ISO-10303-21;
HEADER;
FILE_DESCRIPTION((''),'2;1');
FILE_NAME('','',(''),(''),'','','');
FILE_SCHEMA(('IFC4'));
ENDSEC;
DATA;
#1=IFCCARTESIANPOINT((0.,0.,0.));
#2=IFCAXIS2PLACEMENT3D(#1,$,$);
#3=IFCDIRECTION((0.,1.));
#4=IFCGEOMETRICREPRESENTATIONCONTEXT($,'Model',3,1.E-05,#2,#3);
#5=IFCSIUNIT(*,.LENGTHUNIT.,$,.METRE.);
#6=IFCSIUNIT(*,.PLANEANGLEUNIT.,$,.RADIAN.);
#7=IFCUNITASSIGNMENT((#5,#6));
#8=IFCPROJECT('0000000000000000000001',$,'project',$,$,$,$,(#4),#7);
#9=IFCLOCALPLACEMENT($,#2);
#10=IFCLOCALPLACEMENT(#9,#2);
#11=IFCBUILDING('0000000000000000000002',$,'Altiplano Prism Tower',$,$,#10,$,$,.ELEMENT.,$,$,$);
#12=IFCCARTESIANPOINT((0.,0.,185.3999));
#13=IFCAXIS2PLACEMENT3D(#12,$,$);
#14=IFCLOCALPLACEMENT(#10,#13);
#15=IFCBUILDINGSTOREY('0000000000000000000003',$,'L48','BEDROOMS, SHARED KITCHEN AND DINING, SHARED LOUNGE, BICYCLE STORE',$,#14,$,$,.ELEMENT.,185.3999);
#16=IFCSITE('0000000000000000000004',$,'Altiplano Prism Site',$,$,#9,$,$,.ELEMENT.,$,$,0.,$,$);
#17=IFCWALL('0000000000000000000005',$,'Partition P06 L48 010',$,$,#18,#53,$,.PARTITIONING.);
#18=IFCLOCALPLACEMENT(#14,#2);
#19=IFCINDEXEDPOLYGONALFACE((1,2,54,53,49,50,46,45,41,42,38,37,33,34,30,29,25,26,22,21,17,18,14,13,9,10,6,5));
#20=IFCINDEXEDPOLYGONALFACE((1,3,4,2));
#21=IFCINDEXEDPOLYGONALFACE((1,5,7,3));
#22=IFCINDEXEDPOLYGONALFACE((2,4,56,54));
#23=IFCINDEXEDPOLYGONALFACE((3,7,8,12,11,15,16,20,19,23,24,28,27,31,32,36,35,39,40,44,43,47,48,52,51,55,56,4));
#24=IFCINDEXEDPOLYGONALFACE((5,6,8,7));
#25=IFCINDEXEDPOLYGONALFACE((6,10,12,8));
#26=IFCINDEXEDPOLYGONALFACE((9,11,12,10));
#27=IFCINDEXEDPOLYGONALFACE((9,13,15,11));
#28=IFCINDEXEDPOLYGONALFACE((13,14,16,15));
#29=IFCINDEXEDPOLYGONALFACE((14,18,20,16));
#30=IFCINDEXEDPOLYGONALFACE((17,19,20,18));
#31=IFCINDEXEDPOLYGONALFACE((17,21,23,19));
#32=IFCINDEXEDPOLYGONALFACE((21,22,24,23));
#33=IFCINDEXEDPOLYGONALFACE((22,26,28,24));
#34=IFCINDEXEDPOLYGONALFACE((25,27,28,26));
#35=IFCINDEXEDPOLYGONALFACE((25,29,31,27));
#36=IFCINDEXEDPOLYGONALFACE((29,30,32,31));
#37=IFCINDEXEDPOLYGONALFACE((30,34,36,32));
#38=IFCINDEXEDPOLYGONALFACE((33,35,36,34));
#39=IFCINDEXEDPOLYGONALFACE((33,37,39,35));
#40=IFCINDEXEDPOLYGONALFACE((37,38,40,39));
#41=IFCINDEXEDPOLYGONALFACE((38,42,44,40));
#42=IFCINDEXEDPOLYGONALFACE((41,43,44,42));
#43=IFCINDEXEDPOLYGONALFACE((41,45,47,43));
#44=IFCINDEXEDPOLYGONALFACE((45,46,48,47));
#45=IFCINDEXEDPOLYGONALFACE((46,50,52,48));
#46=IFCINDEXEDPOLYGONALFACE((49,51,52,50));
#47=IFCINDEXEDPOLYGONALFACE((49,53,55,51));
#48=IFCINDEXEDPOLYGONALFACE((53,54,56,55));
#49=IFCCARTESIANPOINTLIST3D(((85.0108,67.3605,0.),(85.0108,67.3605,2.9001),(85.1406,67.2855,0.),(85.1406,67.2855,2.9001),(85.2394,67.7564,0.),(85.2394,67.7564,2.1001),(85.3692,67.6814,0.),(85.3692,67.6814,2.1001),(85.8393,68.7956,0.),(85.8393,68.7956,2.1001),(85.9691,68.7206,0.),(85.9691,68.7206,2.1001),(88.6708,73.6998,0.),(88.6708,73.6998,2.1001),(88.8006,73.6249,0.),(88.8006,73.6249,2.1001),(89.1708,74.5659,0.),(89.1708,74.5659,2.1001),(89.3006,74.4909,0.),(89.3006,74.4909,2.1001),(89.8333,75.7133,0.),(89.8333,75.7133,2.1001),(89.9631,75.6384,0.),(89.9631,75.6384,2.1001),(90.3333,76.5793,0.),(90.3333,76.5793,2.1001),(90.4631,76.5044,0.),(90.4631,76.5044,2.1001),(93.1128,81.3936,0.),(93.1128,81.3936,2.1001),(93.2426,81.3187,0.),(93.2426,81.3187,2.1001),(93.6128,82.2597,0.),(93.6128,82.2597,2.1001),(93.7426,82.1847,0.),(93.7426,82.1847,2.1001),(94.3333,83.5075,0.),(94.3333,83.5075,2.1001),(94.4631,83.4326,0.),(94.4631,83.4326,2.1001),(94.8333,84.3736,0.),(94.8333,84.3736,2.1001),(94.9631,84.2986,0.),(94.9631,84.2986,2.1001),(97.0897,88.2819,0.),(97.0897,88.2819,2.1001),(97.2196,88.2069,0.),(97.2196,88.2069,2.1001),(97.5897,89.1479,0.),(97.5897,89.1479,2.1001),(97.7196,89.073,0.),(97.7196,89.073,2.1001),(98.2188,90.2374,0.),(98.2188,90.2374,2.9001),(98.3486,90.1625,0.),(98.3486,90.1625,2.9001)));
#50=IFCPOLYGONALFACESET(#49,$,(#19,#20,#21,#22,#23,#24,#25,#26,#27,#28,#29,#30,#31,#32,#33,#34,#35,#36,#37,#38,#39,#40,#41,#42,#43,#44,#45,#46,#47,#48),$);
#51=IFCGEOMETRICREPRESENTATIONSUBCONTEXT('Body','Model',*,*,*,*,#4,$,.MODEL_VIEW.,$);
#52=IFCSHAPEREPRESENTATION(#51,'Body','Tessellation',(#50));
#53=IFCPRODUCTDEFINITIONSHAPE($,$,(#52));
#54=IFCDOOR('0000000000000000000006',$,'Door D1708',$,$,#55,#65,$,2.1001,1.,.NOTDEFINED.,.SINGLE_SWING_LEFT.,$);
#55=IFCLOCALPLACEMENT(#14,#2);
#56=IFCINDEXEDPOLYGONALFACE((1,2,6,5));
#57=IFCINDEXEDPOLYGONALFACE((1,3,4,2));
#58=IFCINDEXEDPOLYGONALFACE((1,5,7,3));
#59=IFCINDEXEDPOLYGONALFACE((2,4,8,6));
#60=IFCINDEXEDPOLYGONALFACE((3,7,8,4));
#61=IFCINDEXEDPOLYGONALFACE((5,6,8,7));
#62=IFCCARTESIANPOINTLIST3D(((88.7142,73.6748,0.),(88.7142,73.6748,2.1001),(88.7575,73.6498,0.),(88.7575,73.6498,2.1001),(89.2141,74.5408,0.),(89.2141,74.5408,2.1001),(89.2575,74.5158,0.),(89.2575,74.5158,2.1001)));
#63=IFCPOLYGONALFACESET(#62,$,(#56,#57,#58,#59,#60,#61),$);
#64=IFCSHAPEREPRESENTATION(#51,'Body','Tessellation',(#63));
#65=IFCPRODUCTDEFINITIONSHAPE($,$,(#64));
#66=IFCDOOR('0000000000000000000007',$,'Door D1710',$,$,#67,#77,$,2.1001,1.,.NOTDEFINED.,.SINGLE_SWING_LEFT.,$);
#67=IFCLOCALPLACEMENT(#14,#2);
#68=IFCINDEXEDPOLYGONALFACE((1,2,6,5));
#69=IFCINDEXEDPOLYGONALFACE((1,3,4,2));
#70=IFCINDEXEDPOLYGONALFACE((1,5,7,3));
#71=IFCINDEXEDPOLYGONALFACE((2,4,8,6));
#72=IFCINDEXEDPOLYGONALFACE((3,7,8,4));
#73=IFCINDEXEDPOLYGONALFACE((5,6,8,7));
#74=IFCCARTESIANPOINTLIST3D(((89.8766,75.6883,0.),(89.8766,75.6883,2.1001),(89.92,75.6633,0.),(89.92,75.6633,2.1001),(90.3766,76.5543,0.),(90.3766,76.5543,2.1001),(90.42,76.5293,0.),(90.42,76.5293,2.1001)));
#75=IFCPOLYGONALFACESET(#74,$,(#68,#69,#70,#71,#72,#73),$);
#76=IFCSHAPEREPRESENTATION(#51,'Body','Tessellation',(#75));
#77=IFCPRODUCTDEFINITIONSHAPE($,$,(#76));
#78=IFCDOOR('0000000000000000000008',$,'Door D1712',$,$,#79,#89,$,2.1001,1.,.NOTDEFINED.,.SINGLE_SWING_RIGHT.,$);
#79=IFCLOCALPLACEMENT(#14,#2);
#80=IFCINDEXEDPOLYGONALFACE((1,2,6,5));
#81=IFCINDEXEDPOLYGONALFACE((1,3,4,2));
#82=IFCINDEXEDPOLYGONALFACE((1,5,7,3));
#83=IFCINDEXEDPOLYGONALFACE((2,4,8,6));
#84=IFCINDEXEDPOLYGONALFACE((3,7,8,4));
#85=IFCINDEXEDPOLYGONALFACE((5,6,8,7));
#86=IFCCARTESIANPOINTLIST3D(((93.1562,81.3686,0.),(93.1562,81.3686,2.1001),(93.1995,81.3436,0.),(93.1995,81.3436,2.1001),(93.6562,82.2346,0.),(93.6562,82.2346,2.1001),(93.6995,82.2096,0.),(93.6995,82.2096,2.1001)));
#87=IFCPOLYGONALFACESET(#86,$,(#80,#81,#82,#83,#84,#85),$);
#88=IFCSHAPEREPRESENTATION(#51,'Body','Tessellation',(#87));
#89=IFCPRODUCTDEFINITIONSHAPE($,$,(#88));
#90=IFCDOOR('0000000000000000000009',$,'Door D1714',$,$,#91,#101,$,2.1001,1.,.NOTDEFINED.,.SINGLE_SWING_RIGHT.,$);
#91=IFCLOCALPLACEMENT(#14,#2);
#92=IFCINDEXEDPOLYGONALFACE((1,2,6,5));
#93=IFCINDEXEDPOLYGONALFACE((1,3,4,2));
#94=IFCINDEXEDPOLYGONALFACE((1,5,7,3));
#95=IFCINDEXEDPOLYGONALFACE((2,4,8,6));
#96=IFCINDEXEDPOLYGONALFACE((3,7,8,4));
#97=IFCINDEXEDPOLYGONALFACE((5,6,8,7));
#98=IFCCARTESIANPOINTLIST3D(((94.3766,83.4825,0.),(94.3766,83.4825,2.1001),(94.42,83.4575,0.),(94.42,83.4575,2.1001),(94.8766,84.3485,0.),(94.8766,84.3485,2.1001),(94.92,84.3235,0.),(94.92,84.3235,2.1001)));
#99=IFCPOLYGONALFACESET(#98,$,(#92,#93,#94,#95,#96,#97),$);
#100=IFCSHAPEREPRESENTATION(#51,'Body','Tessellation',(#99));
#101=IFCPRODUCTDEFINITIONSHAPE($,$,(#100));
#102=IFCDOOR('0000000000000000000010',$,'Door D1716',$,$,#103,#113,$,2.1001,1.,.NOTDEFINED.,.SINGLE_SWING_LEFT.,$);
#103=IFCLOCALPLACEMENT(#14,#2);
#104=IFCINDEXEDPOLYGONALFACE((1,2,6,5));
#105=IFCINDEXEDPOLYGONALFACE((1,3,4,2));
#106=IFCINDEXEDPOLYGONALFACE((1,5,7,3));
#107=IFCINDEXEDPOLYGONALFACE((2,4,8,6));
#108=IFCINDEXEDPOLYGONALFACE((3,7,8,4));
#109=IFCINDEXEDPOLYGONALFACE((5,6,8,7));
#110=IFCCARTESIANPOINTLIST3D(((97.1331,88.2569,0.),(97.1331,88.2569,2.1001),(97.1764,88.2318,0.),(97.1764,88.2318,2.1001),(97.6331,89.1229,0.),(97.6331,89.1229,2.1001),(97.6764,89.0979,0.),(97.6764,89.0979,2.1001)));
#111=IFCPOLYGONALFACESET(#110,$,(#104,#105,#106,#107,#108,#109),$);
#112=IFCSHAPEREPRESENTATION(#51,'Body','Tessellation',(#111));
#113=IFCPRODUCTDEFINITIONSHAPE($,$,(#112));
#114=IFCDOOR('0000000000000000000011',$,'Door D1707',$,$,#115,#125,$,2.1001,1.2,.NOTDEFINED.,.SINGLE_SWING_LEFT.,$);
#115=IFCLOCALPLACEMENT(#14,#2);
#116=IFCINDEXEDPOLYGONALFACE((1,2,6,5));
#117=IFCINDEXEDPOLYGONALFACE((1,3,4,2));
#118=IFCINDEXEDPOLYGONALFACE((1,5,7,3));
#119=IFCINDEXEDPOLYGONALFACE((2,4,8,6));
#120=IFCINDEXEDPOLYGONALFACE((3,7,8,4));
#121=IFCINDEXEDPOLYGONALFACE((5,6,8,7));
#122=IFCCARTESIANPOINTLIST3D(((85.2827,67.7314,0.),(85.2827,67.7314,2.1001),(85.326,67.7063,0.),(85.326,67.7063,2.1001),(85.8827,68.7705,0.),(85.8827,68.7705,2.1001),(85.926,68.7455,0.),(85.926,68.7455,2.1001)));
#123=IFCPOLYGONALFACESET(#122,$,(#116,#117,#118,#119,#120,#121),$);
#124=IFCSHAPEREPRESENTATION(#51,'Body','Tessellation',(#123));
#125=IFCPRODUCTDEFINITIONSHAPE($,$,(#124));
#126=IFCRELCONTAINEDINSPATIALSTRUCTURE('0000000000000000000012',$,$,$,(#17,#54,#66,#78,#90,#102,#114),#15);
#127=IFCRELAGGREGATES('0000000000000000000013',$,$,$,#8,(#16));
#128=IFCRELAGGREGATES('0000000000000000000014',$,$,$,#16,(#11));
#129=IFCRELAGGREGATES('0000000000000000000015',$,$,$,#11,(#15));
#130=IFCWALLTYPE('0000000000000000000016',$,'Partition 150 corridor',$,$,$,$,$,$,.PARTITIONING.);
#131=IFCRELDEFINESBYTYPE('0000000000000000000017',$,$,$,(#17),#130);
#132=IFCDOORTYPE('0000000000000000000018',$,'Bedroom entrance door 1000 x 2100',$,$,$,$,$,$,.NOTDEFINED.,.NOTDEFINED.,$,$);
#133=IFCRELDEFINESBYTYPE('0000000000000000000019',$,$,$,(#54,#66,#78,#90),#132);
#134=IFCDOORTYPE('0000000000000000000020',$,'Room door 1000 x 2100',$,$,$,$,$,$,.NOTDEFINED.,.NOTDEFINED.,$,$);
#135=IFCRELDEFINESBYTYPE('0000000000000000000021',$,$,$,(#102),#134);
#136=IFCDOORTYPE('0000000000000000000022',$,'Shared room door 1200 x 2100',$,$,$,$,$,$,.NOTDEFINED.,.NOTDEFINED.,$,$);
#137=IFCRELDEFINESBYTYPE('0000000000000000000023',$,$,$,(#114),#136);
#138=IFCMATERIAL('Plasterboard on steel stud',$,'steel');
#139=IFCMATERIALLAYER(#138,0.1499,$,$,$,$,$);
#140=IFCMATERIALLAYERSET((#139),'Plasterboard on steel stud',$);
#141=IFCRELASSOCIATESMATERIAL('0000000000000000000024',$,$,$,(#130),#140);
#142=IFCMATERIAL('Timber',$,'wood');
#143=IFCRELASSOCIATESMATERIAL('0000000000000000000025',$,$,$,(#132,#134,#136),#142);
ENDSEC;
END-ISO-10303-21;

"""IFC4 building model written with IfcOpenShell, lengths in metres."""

from ifc_helpers import new_model, si_unit, direction, frame, frame_2d, origin, place, context, subcontext, project, spatial, rectangle, extrude, material, layer, layer_set, type_object, element, fill, save


model = new_model("IFC4")

# Units and contexts
model_context = context("Model", 3, precision=1e-05, world=origin(), true_north=direction((0.0, 1.0)))
body_context = subcontext(model_context, "Body", "Model", "MODEL_VIEW")
ifc_project = project(units=[si_unit("LENGTHUNIT", "METRE"), si_unit("PLANEANGLEUNIT", "RADIAN")], contexts=[model_context])

# Site, building, storey
site_placement = place(None, origin())
site = spatial("IfcSite", under=ifc_project, at=site_placement, Name="Altiplano Prism Site", CompositionType="ELEMENT", RefElevation=0.0)
building_placement = place(site_placement, origin())
building = spatial("IfcBuilding", under=site, at=building_placement, Name="Altiplano Prism Tower", CompositionType="ELEMENT")
storey_placement = place(building_placement, frame((0.0, 0.0, 185.3999)))
storey = spatial("IfcBuildingStorey", under=building, at=storey_placement, Name="L48", Description="BEDROOMS, SHARED KITCHEN AND DINING, SHARED LOUNGE, BICYCLE STORE", CompositionType="ELEMENT", Elevation=185.3999)

# Shared definitions
ifc_material_1 = material(Name="Plasterboard on steel stud", Category="steel")
ifc_material_2 = material(Name="Timber", Category="wood")

# Wall, openings, doors
ifc_layer_1 = layer(ifc_material_1, 0.1499)
ifc_layer_set_1 = layer_set([ifc_layer_1], Name="Plasterboard on steel stud")
wall_type_1 = type_object("IfcWallType", Name="Partition 150 corridor", PredefinedType="PARTITIONING", material=ifc_layer_set_1)
wall_1_placement = place(storey_placement, frame((85.0757, 67.323, 0.0), z_axis=(0.0, 0.0, 1.0), x_axis=(0.5, 0.866026, 0.0)))
wall_1 = element("IfcWall", 1, at=wall_1_placement, inside=storey, type_object=wall_type_1, Name="Partition P06 L48 010", PredefinedType="PARTITIONING", context=body_context, shape_type="SweptSolid", body=[
    extrude(rectangle(XDim=26.416, YDim=0.1499, at=frame_2d((13.208, 0.0))), origin(), (0.0, 0.0, 1.0), 2.9001),
])
opening_1_placement = place(wall_1_placement, frame((0.457, 0.0, 0.0)))
opening_1 = element("IfcOpeningElement", 2, at=opening_1_placement, cuts=wall_1, PredefinedType="OPENING", context=body_context, shape_type="SweptSolid", body=[
    extrude(rectangle(XDim=1.2, YDim=2.1001, at=frame_2d((0.6001, 1.05))), frame((0.0, 0.0854, 0.0), z_axis=(0.0, -1.0, 0.0), x_axis=(1.0, 0.0, 0.0)), (0.0, 0.0, 1.0), 0.1709),
])
opening_2_placement = place(wall_1_placement, frame((7.3201, 0.0, 0.0)))
opening_2 = element("IfcOpeningElement", 3, at=opening_2_placement, cuts=wall_1, PredefinedType="OPENING", context=body_context, shape_type="SweptSolid", body=[
    extrude(rectangle(XDim=1.0, YDim=2.1001, at=frame_2d((0.5, 1.05))), frame((0.0, 0.0854, 0.0), z_axis=(0.0, -1.0, 0.0), x_axis=(1.0, 0.0, 0.0)), (0.0, 0.0, 1.0), 0.1709),
])
opening_3_placement = place(wall_1_placement, frame((9.645, 0.0, 0.0)))
opening_3 = element("IfcOpeningElement", 4, at=opening_3_placement, cuts=wall_1, PredefinedType="OPENING", context=body_context, shape_type="SweptSolid", body=[
    extrude(rectangle(XDim=1.0, YDim=2.1001, at=frame_2d((0.5, 1.05))), frame((0.0, 0.0854, 0.0), z_axis=(0.0, -1.0, 0.0), x_axis=(1.0, 0.0, 0.0)), (0.0, 0.0, 1.0), 0.1709),
])
opening_4_placement = place(wall_1_placement, frame((16.2041, 0.0, 0.0)))
opening_4 = element("IfcOpeningElement", 5, at=opening_4_placement, cuts=wall_1, PredefinedType="OPENING", context=body_context, shape_type="SweptSolid", body=[
    extrude(rectangle(XDim=1.0, YDim=2.1001, at=frame_2d((0.5, 1.05))), frame((0.0, 0.0854, 0.0), z_axis=(0.0, -1.0, 0.0), x_axis=(1.0, 0.0, 0.0)), (0.0, 0.0, 1.0), 0.1709),
])
opening_5_placement = place(wall_1_placement, frame((18.645, 0.0, 0.0)))
opening_5 = element("IfcOpeningElement", 6, at=opening_5_placement, cuts=wall_1, PredefinedType="OPENING", context=body_context, shape_type="SweptSolid", body=[
    extrude(rectangle(XDim=1.0, YDim=2.1001, at=frame_2d((0.5, 1.05))), frame((0.0, 0.0854, 0.0), z_axis=(0.0, -1.0, 0.0), x_axis=(1.0, 0.0, 0.0)), (0.0, 0.0, 1.0), 0.1709),
])
opening_6_placement = place(wall_1_placement, frame((24.158, 0.0, 0.0)))
opening_6 = element("IfcOpeningElement", 7, at=opening_6_placement, cuts=wall_1, PredefinedType="OPENING", context=body_context, shape_type="SweptSolid", body=[
    extrude(rectangle(XDim=1.0, YDim=2.1001, at=frame_2d((0.5, 1.05))), frame((0.0, 0.0854, 0.0), z_axis=(0.0, -1.0, 0.0), x_axis=(1.0, 0.0, 0.0)), (0.0, 0.0, 1.0), 0.1709),
])
door_type_1 = type_object("IfcDoorType", Name="Bedroom entrance door 1000 x 2100", OperationType="NOTDEFINED", PredefinedType="NOTDEFINED", material=ifc_material_2)
door_1_placement = place(opening_2_placement, origin())
door_1 = element("IfcDoor", 8, at=door_1_placement, inside=storey, type_object=door_type_1, Name="Door D1708", OperationType="SINGLE_SWING_LEFT", OverallHeight=2.1001, OverallWidth=1.0, PredefinedType="NOTDEFINED", context=body_context, shape_type="SweptSolid", body=[
    extrude(rectangle(XDim=1.0, YDim=2.1001, at=frame_2d((0.5, 1.05))), frame((0.0, 0.0249, 0.0), z_axis=(0.0, -1.0, 0.0), x_axis=(1.0, 0.0, 0.0)), (0.0, 0.0, 1.0), 0.05),
])
fill(opening_2, door_1)
door_2_placement = place(opening_3_placement, origin())
door_2 = element("IfcDoor", 9, at=door_2_placement, inside=storey, type_object=door_type_1, Name="Door D1710", OperationType="SINGLE_SWING_LEFT", OverallHeight=2.1001, OverallWidth=1.0, PredefinedType="NOTDEFINED", context=body_context, shape_type="SweptSolid", body=[
    extrude(rectangle(XDim=1.0, YDim=2.1001, at=frame_2d((0.5, 1.05))), frame((0.0, 0.0249, 0.0), z_axis=(0.0, -1.0, 0.0), x_axis=(1.0, 0.0, 0.0)), (0.0, 0.0, 1.0), 0.05),
])
fill(opening_3, door_2)
door_3_placement = place(opening_4_placement, origin())
door_3 = element("IfcDoor", 10, at=door_3_placement, inside=storey, type_object=door_type_1, Name="Door D1712", OperationType="SINGLE_SWING_RIGHT", OverallHeight=2.1001, OverallWidth=1.0, PredefinedType="NOTDEFINED", context=body_context, shape_type="SweptSolid", body=[
    extrude(rectangle(XDim=1.0, YDim=2.1001, at=frame_2d((0.5, 1.05))), frame((0.0, 0.0249, 0.0), z_axis=(0.0, -1.0, 0.0), x_axis=(1.0, 0.0, 0.0)), (0.0, 0.0, 1.0), 0.05),
])
fill(opening_4, door_3)
door_4_placement = place(opening_5_placement, origin())
door_4 = element("IfcDoor", 11, at=door_4_placement, inside=storey, type_object=door_type_1, Name="Door D1714", OperationType="SINGLE_SWING_RIGHT", OverallHeight=2.1001, OverallWidth=1.0, PredefinedType="NOTDEFINED", context=body_context, shape_type="SweptSolid", body=[
    extrude(rectangle(XDim=1.0, YDim=2.1001, at=frame_2d((0.5, 1.05))), frame((0.0, 0.0249, 0.0), z_axis=(0.0, -1.0, 0.0), x_axis=(1.0, 0.0, 0.0)), (0.0, 0.0, 1.0), 0.05),
])
fill(opening_5, door_4)
door_type_2 = type_object("IfcDoorType", Name="Room door 1000 x 2100", OperationType="NOTDEFINED", PredefinedType="NOTDEFINED", material=ifc_material_2)
door_5_placement = place(opening_6_placement, origin())
door_5 = element("IfcDoor", 12, at=door_5_placement, inside=storey, type_object=door_type_2, Name="Door D1716", OperationType="SINGLE_SWING_LEFT", OverallHeight=2.1001, OverallWidth=1.0, PredefinedType="NOTDEFINED", context=body_context, shape_type="SweptSolid", body=[
    extrude(rectangle(XDim=1.0, YDim=2.1001, at=frame_2d((0.5, 1.05))), frame((0.0, 0.0249, 0.0), z_axis=(0.0, -1.0, 0.0), x_axis=(1.0, 0.0, 0.0)), (0.0, 0.0, 1.0), 0.05),
])
fill(opening_6, door_5)
door_type_3 = type_object("IfcDoorType", Name="Shared room door 1200 x 2100", OperationType="NOTDEFINED", PredefinedType="NOTDEFINED", material=ifc_material_2)
door_6_placement = place(opening_1_placement, origin())
door_6 = element("IfcDoor", 13, at=door_6_placement, inside=storey, type_object=door_type_3, Name="Door D1707", OperationType="SINGLE_SWING_LEFT", OverallHeight=2.1001, OverallWidth=1.2, PredefinedType="NOTDEFINED", context=body_context, shape_type="SweptSolid", body=[
    extrude(rectangle(XDim=1.2, YDim=2.1001, at=frame_2d((0.6001, 1.05))), frame((0.0, 0.0249, 0.0), z_axis=(0.0, -1.0, 0.0), x_axis=(1.0, 0.0, 0.0)), (0.0, 0.0, 1.0), 0.05),
])
fill(opening_1, door_6)

save(model, "model.ifc")
